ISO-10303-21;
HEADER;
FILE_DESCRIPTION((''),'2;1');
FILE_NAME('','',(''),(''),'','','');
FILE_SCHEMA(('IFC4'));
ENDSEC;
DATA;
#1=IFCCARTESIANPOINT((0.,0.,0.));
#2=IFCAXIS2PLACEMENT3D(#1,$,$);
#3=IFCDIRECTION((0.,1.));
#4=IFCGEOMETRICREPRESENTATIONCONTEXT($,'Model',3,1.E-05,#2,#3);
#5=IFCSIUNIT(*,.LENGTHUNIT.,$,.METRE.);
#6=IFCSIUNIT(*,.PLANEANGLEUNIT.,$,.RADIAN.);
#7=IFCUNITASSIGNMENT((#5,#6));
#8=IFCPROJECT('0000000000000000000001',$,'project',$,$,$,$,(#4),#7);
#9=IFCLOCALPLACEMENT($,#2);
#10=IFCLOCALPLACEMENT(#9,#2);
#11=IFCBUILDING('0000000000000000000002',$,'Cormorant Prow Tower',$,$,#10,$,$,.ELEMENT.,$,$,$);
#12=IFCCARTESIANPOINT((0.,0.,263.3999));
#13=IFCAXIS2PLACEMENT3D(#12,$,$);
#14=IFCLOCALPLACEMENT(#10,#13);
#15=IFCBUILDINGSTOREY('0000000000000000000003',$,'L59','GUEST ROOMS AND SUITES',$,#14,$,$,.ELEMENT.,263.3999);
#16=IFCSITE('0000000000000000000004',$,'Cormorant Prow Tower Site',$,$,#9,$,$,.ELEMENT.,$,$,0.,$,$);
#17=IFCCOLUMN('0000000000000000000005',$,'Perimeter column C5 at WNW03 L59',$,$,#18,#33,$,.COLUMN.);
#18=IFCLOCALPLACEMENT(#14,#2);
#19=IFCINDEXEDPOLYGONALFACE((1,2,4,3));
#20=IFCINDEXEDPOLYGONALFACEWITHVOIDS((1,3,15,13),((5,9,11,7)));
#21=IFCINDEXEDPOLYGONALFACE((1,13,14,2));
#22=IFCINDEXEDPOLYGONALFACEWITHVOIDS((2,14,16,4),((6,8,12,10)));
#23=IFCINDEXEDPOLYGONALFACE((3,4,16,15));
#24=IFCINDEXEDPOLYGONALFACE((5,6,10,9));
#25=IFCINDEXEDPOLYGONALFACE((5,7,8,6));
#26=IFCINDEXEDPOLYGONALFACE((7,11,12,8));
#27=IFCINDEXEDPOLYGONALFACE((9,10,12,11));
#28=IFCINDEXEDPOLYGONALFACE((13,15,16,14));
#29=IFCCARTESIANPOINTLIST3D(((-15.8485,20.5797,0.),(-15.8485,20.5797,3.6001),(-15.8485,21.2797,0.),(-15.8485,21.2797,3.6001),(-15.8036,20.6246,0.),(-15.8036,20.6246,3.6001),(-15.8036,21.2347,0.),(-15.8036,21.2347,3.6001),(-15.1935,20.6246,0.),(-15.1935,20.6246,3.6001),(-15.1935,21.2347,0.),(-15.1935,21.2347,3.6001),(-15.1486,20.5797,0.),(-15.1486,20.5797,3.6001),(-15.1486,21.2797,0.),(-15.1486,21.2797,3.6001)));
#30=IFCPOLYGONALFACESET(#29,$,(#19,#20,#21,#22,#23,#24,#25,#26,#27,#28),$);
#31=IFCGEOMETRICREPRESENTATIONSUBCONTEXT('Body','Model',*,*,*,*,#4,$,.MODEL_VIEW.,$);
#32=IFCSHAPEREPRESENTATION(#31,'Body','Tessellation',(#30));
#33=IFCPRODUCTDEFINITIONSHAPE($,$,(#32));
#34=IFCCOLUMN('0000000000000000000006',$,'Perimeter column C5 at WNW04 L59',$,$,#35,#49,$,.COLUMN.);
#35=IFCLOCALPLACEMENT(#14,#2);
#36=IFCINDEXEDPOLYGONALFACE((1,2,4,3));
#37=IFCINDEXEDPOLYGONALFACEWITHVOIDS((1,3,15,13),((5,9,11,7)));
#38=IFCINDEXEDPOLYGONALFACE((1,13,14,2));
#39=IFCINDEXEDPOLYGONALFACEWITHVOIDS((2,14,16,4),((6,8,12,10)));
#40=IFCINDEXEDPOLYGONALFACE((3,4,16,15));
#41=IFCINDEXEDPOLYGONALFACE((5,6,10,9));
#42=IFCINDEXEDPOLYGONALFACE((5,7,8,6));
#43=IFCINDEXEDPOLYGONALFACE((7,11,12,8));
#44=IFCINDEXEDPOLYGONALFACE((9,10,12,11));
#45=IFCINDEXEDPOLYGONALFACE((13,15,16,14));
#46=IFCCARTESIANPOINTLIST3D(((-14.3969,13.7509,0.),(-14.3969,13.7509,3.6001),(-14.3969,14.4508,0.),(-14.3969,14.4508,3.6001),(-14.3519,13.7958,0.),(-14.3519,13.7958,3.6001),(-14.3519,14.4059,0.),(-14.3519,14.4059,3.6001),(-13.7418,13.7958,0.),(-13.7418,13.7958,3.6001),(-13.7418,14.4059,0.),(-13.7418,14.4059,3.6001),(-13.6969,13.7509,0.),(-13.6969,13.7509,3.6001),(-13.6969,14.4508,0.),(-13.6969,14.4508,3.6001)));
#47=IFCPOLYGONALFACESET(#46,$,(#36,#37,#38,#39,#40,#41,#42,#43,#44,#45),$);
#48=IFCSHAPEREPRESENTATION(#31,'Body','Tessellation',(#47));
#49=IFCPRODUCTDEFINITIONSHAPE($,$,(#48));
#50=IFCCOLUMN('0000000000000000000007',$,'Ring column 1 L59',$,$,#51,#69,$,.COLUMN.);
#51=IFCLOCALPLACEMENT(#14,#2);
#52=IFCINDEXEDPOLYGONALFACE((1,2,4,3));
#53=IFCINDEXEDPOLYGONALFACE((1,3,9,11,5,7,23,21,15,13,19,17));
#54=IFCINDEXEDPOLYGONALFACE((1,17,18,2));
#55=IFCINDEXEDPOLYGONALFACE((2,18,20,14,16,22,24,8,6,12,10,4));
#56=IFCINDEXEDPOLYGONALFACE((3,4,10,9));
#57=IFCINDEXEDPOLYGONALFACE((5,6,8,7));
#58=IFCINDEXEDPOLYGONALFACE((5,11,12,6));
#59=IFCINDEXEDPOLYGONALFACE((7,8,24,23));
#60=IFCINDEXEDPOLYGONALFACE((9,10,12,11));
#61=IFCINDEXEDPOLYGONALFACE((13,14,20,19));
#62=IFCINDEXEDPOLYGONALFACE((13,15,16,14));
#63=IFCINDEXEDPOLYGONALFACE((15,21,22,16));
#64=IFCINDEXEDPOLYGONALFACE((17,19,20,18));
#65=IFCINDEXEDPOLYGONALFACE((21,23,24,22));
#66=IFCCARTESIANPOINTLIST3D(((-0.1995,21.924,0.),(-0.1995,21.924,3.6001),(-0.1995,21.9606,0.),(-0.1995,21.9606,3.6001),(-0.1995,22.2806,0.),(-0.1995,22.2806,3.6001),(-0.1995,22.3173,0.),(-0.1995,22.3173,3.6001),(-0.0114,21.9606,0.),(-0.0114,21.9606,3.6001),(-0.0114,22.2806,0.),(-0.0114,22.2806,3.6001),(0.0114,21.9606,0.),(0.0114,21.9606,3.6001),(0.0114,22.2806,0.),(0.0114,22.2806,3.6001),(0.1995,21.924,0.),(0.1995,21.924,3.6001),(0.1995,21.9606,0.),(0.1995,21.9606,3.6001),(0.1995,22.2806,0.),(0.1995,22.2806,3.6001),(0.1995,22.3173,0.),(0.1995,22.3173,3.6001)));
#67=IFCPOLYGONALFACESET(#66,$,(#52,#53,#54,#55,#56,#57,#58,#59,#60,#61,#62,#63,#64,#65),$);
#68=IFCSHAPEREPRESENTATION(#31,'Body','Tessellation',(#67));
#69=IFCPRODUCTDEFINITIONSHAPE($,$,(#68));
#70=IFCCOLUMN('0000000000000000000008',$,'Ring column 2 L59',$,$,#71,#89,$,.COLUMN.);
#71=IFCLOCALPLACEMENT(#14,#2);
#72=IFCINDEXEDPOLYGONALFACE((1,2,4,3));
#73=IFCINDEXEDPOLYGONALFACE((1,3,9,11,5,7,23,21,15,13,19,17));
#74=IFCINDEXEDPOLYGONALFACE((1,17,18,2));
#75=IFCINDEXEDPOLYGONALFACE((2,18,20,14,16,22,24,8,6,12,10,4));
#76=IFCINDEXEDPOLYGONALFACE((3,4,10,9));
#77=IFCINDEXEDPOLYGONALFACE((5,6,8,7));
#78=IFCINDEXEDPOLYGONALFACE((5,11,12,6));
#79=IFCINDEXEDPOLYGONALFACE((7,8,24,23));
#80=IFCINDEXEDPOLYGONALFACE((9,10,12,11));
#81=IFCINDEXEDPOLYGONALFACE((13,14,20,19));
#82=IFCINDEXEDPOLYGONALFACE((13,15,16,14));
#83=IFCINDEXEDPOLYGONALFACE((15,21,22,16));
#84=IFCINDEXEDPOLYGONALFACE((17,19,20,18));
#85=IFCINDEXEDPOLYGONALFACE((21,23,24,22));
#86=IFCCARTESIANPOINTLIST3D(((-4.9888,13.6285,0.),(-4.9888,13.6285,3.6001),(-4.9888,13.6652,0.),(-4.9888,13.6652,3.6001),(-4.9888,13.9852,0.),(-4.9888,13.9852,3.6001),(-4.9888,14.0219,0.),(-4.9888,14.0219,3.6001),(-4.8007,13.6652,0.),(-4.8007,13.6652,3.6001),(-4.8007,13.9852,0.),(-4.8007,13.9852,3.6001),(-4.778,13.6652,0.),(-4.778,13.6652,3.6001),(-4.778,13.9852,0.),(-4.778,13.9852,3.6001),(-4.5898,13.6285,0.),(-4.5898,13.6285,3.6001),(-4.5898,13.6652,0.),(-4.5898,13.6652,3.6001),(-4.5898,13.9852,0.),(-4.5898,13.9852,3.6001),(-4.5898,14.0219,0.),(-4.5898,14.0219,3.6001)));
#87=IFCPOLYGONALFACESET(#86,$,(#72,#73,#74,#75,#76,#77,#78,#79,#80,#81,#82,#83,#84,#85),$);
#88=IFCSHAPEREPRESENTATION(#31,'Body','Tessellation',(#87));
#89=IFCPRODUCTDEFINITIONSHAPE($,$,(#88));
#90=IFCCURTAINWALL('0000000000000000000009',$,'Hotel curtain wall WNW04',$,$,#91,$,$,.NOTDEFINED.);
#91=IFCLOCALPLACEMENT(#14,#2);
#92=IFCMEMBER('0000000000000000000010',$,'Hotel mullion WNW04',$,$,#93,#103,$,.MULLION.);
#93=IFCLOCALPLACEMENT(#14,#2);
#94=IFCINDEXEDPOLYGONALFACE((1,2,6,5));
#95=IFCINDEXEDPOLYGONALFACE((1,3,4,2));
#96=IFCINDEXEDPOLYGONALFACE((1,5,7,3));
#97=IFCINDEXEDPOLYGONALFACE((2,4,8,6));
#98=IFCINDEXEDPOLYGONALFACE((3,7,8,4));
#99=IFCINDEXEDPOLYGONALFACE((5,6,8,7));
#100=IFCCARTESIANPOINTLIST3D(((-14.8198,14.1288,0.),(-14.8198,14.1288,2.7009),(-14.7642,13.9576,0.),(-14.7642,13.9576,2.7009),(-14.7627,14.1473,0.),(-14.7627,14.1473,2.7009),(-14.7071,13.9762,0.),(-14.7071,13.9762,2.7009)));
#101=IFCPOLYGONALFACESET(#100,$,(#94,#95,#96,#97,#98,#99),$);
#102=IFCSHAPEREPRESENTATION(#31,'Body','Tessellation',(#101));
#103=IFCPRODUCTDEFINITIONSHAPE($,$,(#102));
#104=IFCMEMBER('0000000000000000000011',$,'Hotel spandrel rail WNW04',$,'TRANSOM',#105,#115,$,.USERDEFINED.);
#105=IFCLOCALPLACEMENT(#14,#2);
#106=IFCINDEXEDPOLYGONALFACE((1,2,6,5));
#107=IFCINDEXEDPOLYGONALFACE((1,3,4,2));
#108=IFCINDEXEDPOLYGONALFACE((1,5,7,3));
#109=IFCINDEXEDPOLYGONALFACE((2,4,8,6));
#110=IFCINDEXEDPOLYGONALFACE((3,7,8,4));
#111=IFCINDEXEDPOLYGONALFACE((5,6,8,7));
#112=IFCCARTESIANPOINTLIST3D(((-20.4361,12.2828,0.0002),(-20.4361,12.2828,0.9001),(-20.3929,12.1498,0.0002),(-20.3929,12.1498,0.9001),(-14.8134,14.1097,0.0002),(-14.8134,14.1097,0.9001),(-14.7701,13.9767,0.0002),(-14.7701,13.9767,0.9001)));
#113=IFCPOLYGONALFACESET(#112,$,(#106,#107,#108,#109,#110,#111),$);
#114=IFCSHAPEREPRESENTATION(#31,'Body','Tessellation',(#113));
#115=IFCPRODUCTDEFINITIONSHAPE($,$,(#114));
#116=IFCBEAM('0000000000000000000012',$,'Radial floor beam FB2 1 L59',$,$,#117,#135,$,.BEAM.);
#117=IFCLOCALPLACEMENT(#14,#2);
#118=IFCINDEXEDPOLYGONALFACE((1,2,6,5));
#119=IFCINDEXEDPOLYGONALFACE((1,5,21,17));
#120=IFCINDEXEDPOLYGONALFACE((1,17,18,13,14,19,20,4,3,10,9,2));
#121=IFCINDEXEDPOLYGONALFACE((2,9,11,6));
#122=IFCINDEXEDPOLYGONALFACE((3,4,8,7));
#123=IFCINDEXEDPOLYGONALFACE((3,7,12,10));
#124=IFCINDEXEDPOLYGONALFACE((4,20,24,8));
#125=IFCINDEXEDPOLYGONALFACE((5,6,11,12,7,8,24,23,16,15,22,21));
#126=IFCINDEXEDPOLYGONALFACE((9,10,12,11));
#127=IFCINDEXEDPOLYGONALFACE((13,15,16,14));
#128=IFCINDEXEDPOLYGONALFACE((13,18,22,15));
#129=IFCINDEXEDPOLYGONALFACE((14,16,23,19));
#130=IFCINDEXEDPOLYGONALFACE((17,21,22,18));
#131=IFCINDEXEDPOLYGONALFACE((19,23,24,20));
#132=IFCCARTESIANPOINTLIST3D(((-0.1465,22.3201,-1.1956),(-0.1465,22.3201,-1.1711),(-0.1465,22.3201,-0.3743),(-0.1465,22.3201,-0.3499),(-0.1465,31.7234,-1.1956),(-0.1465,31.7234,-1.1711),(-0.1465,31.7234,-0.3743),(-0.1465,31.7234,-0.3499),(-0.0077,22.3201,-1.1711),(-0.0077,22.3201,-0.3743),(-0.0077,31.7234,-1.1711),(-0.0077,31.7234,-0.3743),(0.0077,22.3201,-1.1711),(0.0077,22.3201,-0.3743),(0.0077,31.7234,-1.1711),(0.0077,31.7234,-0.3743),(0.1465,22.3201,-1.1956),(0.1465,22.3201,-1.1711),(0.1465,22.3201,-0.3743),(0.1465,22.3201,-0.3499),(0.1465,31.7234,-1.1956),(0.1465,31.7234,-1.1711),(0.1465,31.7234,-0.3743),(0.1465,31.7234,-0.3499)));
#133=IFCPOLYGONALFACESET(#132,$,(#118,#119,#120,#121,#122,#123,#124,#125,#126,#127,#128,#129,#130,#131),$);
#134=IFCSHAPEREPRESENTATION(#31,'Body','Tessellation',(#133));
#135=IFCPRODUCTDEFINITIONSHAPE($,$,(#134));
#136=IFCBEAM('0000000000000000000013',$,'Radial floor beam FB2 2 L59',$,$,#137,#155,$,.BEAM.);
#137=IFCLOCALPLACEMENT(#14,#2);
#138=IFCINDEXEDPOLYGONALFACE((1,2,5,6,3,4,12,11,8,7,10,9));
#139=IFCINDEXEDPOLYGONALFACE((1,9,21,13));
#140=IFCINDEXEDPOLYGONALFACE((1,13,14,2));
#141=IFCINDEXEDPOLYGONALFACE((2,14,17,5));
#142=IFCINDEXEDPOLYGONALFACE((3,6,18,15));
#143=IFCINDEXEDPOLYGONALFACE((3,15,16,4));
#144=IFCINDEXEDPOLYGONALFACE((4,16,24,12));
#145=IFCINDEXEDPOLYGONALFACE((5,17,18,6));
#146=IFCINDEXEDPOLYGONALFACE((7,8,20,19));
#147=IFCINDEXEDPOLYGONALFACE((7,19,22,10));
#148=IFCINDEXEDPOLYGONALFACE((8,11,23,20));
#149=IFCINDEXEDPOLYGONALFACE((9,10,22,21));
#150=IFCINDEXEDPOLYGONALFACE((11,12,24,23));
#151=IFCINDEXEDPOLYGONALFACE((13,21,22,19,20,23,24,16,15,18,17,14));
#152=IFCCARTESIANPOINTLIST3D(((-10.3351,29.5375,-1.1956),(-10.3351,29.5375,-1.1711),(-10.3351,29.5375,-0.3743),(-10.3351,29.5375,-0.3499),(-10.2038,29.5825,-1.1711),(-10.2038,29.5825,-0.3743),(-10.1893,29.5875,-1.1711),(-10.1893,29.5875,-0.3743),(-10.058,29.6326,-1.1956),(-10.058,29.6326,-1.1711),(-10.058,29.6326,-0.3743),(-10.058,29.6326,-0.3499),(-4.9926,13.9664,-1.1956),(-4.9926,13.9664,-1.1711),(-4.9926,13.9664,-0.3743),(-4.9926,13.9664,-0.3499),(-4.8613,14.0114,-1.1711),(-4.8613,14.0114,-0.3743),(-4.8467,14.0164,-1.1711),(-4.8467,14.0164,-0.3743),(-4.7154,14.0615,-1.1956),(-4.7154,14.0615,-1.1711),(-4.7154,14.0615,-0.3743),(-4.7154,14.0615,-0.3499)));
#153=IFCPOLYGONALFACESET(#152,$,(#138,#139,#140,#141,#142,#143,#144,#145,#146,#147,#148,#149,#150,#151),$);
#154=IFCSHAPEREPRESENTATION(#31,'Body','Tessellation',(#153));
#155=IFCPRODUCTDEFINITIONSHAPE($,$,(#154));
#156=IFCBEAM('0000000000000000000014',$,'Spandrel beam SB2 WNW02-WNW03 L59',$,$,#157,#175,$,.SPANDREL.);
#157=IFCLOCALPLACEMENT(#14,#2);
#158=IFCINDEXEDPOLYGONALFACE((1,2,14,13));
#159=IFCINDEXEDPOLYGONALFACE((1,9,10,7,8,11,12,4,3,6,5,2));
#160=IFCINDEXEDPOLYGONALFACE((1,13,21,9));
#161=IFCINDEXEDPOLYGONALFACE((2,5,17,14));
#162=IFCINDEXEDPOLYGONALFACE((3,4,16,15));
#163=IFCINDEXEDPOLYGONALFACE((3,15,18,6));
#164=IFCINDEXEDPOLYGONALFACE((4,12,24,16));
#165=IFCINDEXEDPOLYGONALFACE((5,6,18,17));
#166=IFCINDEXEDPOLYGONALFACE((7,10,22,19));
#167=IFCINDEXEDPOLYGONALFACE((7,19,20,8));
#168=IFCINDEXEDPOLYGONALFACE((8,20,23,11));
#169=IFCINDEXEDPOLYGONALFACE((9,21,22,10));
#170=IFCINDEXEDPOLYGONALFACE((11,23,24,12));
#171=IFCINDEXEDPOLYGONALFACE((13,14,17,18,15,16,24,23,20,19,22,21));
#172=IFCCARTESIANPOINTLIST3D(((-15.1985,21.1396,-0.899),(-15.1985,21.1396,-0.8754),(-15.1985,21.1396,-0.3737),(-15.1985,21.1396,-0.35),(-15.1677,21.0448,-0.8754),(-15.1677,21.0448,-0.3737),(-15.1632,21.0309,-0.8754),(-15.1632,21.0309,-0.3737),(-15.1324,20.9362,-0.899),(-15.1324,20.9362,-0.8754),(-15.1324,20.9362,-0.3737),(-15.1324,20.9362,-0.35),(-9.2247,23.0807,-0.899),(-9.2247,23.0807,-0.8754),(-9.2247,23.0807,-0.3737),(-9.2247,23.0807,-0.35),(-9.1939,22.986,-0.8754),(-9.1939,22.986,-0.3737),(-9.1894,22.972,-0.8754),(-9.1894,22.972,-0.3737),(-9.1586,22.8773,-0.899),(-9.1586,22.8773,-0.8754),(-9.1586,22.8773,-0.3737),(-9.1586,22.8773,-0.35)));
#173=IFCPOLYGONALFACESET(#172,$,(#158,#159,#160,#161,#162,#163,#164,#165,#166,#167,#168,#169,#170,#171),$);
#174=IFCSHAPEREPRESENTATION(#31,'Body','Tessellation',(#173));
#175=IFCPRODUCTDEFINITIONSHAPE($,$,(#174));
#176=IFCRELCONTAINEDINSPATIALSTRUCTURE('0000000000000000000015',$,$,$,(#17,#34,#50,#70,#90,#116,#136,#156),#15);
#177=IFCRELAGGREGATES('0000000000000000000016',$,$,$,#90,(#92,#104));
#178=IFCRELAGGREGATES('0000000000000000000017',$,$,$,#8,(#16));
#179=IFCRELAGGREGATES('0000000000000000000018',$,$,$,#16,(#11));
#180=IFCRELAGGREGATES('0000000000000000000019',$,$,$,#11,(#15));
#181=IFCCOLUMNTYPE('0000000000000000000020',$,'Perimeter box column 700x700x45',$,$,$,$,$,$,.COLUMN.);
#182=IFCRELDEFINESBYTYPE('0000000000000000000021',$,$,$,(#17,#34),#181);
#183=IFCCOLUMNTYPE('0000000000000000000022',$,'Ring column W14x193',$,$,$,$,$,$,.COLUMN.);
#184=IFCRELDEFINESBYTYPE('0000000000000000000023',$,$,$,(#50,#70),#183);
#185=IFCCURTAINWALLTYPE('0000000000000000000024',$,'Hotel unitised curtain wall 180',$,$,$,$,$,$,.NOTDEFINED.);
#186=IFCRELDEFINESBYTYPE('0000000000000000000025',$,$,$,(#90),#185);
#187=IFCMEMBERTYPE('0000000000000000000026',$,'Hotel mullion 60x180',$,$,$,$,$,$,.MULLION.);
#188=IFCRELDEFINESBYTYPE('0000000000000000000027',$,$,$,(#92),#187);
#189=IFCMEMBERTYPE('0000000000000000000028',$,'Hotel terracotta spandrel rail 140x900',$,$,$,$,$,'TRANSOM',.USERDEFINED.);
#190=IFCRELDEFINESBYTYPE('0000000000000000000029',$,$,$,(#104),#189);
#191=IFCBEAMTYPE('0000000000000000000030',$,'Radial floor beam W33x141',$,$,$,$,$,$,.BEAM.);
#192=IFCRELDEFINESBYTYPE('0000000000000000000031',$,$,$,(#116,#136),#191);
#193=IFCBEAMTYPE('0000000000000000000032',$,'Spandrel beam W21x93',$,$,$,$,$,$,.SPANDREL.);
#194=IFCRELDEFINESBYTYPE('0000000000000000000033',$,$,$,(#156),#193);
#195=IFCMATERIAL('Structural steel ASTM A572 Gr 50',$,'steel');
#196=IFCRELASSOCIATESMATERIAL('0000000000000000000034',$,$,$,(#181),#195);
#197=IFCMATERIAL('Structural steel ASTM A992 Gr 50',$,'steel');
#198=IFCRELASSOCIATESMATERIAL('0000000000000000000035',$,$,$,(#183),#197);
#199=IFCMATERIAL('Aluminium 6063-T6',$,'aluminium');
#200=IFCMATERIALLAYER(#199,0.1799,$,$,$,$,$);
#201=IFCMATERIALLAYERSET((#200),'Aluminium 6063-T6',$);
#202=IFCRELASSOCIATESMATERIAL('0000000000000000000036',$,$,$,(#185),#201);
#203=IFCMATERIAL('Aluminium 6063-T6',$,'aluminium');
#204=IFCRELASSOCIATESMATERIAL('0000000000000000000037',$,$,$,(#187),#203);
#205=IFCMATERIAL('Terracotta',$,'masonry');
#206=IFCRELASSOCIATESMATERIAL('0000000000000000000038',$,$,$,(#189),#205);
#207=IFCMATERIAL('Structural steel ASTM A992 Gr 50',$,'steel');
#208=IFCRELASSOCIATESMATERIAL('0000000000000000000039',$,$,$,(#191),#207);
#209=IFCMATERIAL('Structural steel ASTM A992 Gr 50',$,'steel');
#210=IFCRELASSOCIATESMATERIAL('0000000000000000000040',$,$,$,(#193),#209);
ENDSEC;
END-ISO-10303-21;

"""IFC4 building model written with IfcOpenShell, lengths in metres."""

from ifc_helpers import new_model, si_unit, direction, frame, origin, origin_2d, place, context, subcontext, project, spatial, rectangle, hollow_rectangle, i_section, extrude, material, layer, layer_set, material_profile, profile_set, type_object, element, aggregate, save


model = new_model("IFC4")

# Units and contexts
model_context = context("Model", 3, precision=1e-05, world=origin(), true_north=direction((0.0, 1.0)))
body_context = subcontext(model_context, "Body", "Model", "MODEL_VIEW")
ifc_project = project(units=[si_unit("LENGTHUNIT", "METRE"), si_unit("PLANEANGLEUNIT", "RADIAN")], contexts=[model_context])

# Site, building, storey
site_placement = place(None, origin())
site = spatial("IfcSite", under=ifc_project, at=site_placement, Name="Cormorant Prow Tower Site", CompositionType="ELEMENT", RefElevation=0.0)
building_placement = place(site_placement, origin())
building = spatial("IfcBuilding", under=site, at=building_placement, Name="Cormorant Prow Tower", CompositionType="ELEMENT")
storey_placement = place(building_placement, frame((0.0, 0.0, 263.3999)))
storey = spatial("IfcBuildingStorey", under=building, at=storey_placement, Name="L59", Description="GUEST ROOMS AND SUITES", CompositionType="ELEMENT", Elevation=263.3999)

# Columns
ifc_material_1 = material(Name="Structural steel ASTM A572 Gr 50", Category="steel")
ifc_material_profile_1 = material_profile(ifc_material_1, hollow_rectangle(XDim=0.7, YDim=0.7, WallThickness=0.0449, at=origin_2d()), Name="Box 700x700x45")
ifc_profile_set_1 = profile_set([ifc_material_profile_1], Name="Structural steel ASTM A572 Gr 50")
column_type_1 = type_object("IfcColumnType", Name="Perimeter box column 700x700x45", PredefinedType="COLUMN", material=ifc_profile_set_1)
for number, where, z_axis, x_axis, name in (
    (1, (-15.4985, 20.9297, 0.0), (0.0, 0.0, 1.0), (1.0, 0.0, 0.0), "Perimeter column C5 at WNW03 L59"),
    (2, (-14.0469, 14.1008, 0.0), (0.0, 0.0, 1.0), (1.0, 0.0, 0.0), "Perimeter column C5 at WNW04 L59"),
):
    element("IfcColumn", number, at=place(storey_placement, frame(where, z_axis=z_axis, x_axis=x_axis)), inside=storey, type_object=column_type_1, Name=name, PredefinedType="COLUMN", context=body_context, shape_type="SweptSolid", body=[
        extrude(hollow_rectangle(XDim=0.7, YDim=0.7, WallThickness=0.0449, at=origin_2d()), origin(), (0.0, 0.0, 1.0), 3.6001),
    ])
ifc_material_2 = material(Name="Structural steel ASTM A992 Gr 50", Category="steel")
ifc_material_profile_2 = material_profile(ifc_material_2, i_section(OverallWidth=0.3989, OverallDepth=0.3933, WebThickness=0.0227, FlangeThickness=0.0366, at=origin_2d()), Name="W14x193")
ifc_profile_set_2 = profile_set([ifc_material_profile_2], Name="Structural steel ASTM A992 Gr 50")
column_type_2 = type_object("IfcColumnType", Name="Ring column W14x193", PredefinedType="COLUMN", material=ifc_profile_set_2)
for number, where, z_axis, x_axis, name in (
    (3, (0.0, 22.1206, 0.0), (0.0, 0.0, 1.0), (1.0, 0.0, 0.0), "Ring column 1 L59"),
    (4, (-4.7893, 13.8252, 0.0), (0.0, 0.0, 1.0), (1.0, 0.0, 0.0), "Ring column 2 L59"),
):
    element("IfcColumn", number, at=place(storey_placement, frame(where, z_axis=z_axis, x_axis=x_axis)), inside=storey, type_object=column_type_2, Name=name, PredefinedType="COLUMN", context=body_context, shape_type="SweptSolid", body=[
        extrude(i_section(OverallWidth=0.3989, OverallDepth=0.3933, WebThickness=0.0227, FlangeThickness=0.0366, at=origin_2d()), origin(), (0.0, 0.0, 1.0), 3.6001),
    ])

# Curtain wall, members
ifc_material_3 = material(Name="Aluminium 6063-T6", Category="aluminium")
ifc_layer_1 = layer(ifc_material_3, 0.1799)
ifc_layer_set_1 = layer_set([ifc_layer_1], Name="Aluminium 6063-T6")
curtain_wall_type = type_object("IfcCurtainWallType", Name="Hotel unitised curtain wall 180", PredefinedType="NOTDEFINED", material=ifc_layer_set_1)
curtain_wall_1_placement = place(storey_placement, origin())
curtain_wall_1 = element("IfcCurtainWall", 5, at=curtain_wall_1_placement, inside=storey, type_object=curtain_wall_type, Name="Hotel curtain wall WNW04", PredefinedType="NOTDEFINED")
ifc_material_4 = material(Name="Aluminium 6063-T6", Category="aluminium")
ifc_material_profile_3 = material_profile(ifc_material_4, rectangle(XDim=0.1799, YDim=0.0601, at=origin_2d()), Name="Hotel mullion 60x180")
ifc_profile_set_3 = profile_set([ifc_material_profile_3], Name="Aluminium 6063-T6")
member_type_1 = type_object("IfcMemberType", Name="Hotel mullion 60x180", PredefinedType="MULLION", material=ifc_profile_set_3)
member_1_placement = place(storey_placement, frame((-14.7634, 14.0525, 0.0), z_axis=(0.0, 0.0, 1.0), x_axis=(0.309017, -0.951057, 0.0)))
member_1 = element("IfcMember", 6, at=member_1_placement, type_object=member_type_1, Name="Hotel mullion WNW04", PredefinedType="MULLION", context=body_context, shape_type="SweptSolid", body=[
    extrude(rectangle(XDim=0.1799, YDim=0.0601, at=origin_2d()), origin(), (0.0, 0.0, 1.0), 2.7009),
])
ifc_material_5 = material(Name="Terracotta", Category="masonry")
ifc_material_profile_4 = material_profile(ifc_material_5, rectangle(XDim=0.1399, YDim=0.8999, at=origin_2d()), Name="Hotel terracotta spandrel rail 140x900")
ifc_profile_set_4 = profile_set([ifc_material_profile_4], Name="Terracotta")
member_type_2 = type_object("IfcMemberType", Name="Hotel terracotta spandrel rail 140x900", ElementType="TRANSOM", PredefinedType="USERDEFINED", material=ifc_profile_set_4)
member_2_placement = place(storey_placement, frame((-14.7917, 14.0432, 0.4502), z_axis=(-0.951059, -0.309009, 0.0), x_axis=(0.309009, -0.951059, 0.0)))
member_2 = element("IfcMember", 7, at=member_2_placement, type_object=member_type_2, Name="Hotel spandrel rail WNW04", ObjectType="TRANSOM", PredefinedType="USERDEFINED", context=body_context, shape_type="SweptSolid", body=[
    extrude(rectangle(XDim=0.1399, YDim=0.8999, at=origin_2d()), origin(), (0.0, 0.0, 1.0), 5.9121),
])

# Beams
ifc_material_6 = material(Name="Structural steel ASTM A992 Gr 50", Category="steel")
ifc_material_profile_5 = material_profile(ifc_material_6, i_section(OverallWidth=0.293, OverallDepth=0.8457, WebThickness=0.0154, FlangeThickness=0.0244, at=origin_2d()), Name="W33x141")
ifc_profile_set_5 = profile_set([ifc_material_profile_5], Name="Structural steel ASTM A992 Gr 50")
beam_type_1 = type_object("IfcBeamType", Name="Radial floor beam W33x141", PredefinedType="BEAM", material=ifc_profile_set_5)
beam_1_placement = place(storey_placement, frame((0.0, 22.3201, -0.7727), z_axis=(0.0, 1.0, 0.0), x_axis=(-1.0, 0.0, 0.0)))
element("IfcBeam", 8, at=beam_1_placement, inside=storey, type_object=beam_type_1, Name="Radial floor beam FB2 1 L59", PredefinedType="BEAM", context=body_context, shape_type="SweptSolid", body=[
    extrude(i_section(OverallWidth=0.293, OverallDepth=0.8457, WebThickness=0.0154, FlangeThickness=0.0244, at=origin_2d()), origin(), (0.0, 0.0, 1.0), 9.4033),
])
beam_2_placement = place(storey_placement, frame((-4.854, 14.0139, -0.7727), z_axis=(-0.324536, 0.945874, 0.0), x_axis=(-0.945874, -0.324536, 0.0)))
element("IfcBeam", 9, at=beam_2_placement, inside=storey, type_object=beam_type_1, Name="Radial floor beam FB2 2 L59", PredefinedType="BEAM", context=body_context, shape_type="SweptSolid", body=[
    extrude(i_section(OverallWidth=0.293, OverallDepth=0.8457, WebThickness=0.0154, FlangeThickness=0.0244, at=origin_2d()), origin(), (0.0, 0.0, 1.0), 16.4622),
])
ifc_material_7 = material(Name="Structural steel ASTM A992 Gr 50", Category="steel")
ifc_material_profile_6 = material_profile(ifc_material_7, i_section(OverallWidth=0.2139, OverallDepth=0.5491, WebThickness=0.0146, FlangeThickness=0.0237, at=origin_2d()), Name="W21x93")
ifc_profile_set_6 = profile_set([ifc_material_profile_6], Name="Structural steel ASTM A992 Gr 50")
beam_type_2 = type_object("IfcBeamType", Name="Spandrel beam W21x93", PredefinedType="SPANDREL", material=ifc_profile_set_6)
beam_3_placement = place(storey_placement, frame((-9.1917, 22.979, -0.6245), z_axis=(-0.95105, -0.309036, 0.0), x_axis=(0.309036, -0.95105, 0.0)))
element("IfcBeam", 10, at=beam_3_placement, inside=storey, type_object=beam_type_2, Name="Spandrel beam SB2 WNW02-WNW03 L59", PredefinedType="SPANDREL", context=body_context, shape_type="SweptSolid", body=[
    extrude(i_section(OverallWidth=0.2139, OverallDepth=0.5491, WebThickness=0.0146, FlangeThickness=0.0237, at=origin_2d()), origin(), (0.0, 0.0, 1.0), 6.2812),
])

aggregate(curtain_wall_1, [member_1, member_2])

save(model, "model.ifc")
